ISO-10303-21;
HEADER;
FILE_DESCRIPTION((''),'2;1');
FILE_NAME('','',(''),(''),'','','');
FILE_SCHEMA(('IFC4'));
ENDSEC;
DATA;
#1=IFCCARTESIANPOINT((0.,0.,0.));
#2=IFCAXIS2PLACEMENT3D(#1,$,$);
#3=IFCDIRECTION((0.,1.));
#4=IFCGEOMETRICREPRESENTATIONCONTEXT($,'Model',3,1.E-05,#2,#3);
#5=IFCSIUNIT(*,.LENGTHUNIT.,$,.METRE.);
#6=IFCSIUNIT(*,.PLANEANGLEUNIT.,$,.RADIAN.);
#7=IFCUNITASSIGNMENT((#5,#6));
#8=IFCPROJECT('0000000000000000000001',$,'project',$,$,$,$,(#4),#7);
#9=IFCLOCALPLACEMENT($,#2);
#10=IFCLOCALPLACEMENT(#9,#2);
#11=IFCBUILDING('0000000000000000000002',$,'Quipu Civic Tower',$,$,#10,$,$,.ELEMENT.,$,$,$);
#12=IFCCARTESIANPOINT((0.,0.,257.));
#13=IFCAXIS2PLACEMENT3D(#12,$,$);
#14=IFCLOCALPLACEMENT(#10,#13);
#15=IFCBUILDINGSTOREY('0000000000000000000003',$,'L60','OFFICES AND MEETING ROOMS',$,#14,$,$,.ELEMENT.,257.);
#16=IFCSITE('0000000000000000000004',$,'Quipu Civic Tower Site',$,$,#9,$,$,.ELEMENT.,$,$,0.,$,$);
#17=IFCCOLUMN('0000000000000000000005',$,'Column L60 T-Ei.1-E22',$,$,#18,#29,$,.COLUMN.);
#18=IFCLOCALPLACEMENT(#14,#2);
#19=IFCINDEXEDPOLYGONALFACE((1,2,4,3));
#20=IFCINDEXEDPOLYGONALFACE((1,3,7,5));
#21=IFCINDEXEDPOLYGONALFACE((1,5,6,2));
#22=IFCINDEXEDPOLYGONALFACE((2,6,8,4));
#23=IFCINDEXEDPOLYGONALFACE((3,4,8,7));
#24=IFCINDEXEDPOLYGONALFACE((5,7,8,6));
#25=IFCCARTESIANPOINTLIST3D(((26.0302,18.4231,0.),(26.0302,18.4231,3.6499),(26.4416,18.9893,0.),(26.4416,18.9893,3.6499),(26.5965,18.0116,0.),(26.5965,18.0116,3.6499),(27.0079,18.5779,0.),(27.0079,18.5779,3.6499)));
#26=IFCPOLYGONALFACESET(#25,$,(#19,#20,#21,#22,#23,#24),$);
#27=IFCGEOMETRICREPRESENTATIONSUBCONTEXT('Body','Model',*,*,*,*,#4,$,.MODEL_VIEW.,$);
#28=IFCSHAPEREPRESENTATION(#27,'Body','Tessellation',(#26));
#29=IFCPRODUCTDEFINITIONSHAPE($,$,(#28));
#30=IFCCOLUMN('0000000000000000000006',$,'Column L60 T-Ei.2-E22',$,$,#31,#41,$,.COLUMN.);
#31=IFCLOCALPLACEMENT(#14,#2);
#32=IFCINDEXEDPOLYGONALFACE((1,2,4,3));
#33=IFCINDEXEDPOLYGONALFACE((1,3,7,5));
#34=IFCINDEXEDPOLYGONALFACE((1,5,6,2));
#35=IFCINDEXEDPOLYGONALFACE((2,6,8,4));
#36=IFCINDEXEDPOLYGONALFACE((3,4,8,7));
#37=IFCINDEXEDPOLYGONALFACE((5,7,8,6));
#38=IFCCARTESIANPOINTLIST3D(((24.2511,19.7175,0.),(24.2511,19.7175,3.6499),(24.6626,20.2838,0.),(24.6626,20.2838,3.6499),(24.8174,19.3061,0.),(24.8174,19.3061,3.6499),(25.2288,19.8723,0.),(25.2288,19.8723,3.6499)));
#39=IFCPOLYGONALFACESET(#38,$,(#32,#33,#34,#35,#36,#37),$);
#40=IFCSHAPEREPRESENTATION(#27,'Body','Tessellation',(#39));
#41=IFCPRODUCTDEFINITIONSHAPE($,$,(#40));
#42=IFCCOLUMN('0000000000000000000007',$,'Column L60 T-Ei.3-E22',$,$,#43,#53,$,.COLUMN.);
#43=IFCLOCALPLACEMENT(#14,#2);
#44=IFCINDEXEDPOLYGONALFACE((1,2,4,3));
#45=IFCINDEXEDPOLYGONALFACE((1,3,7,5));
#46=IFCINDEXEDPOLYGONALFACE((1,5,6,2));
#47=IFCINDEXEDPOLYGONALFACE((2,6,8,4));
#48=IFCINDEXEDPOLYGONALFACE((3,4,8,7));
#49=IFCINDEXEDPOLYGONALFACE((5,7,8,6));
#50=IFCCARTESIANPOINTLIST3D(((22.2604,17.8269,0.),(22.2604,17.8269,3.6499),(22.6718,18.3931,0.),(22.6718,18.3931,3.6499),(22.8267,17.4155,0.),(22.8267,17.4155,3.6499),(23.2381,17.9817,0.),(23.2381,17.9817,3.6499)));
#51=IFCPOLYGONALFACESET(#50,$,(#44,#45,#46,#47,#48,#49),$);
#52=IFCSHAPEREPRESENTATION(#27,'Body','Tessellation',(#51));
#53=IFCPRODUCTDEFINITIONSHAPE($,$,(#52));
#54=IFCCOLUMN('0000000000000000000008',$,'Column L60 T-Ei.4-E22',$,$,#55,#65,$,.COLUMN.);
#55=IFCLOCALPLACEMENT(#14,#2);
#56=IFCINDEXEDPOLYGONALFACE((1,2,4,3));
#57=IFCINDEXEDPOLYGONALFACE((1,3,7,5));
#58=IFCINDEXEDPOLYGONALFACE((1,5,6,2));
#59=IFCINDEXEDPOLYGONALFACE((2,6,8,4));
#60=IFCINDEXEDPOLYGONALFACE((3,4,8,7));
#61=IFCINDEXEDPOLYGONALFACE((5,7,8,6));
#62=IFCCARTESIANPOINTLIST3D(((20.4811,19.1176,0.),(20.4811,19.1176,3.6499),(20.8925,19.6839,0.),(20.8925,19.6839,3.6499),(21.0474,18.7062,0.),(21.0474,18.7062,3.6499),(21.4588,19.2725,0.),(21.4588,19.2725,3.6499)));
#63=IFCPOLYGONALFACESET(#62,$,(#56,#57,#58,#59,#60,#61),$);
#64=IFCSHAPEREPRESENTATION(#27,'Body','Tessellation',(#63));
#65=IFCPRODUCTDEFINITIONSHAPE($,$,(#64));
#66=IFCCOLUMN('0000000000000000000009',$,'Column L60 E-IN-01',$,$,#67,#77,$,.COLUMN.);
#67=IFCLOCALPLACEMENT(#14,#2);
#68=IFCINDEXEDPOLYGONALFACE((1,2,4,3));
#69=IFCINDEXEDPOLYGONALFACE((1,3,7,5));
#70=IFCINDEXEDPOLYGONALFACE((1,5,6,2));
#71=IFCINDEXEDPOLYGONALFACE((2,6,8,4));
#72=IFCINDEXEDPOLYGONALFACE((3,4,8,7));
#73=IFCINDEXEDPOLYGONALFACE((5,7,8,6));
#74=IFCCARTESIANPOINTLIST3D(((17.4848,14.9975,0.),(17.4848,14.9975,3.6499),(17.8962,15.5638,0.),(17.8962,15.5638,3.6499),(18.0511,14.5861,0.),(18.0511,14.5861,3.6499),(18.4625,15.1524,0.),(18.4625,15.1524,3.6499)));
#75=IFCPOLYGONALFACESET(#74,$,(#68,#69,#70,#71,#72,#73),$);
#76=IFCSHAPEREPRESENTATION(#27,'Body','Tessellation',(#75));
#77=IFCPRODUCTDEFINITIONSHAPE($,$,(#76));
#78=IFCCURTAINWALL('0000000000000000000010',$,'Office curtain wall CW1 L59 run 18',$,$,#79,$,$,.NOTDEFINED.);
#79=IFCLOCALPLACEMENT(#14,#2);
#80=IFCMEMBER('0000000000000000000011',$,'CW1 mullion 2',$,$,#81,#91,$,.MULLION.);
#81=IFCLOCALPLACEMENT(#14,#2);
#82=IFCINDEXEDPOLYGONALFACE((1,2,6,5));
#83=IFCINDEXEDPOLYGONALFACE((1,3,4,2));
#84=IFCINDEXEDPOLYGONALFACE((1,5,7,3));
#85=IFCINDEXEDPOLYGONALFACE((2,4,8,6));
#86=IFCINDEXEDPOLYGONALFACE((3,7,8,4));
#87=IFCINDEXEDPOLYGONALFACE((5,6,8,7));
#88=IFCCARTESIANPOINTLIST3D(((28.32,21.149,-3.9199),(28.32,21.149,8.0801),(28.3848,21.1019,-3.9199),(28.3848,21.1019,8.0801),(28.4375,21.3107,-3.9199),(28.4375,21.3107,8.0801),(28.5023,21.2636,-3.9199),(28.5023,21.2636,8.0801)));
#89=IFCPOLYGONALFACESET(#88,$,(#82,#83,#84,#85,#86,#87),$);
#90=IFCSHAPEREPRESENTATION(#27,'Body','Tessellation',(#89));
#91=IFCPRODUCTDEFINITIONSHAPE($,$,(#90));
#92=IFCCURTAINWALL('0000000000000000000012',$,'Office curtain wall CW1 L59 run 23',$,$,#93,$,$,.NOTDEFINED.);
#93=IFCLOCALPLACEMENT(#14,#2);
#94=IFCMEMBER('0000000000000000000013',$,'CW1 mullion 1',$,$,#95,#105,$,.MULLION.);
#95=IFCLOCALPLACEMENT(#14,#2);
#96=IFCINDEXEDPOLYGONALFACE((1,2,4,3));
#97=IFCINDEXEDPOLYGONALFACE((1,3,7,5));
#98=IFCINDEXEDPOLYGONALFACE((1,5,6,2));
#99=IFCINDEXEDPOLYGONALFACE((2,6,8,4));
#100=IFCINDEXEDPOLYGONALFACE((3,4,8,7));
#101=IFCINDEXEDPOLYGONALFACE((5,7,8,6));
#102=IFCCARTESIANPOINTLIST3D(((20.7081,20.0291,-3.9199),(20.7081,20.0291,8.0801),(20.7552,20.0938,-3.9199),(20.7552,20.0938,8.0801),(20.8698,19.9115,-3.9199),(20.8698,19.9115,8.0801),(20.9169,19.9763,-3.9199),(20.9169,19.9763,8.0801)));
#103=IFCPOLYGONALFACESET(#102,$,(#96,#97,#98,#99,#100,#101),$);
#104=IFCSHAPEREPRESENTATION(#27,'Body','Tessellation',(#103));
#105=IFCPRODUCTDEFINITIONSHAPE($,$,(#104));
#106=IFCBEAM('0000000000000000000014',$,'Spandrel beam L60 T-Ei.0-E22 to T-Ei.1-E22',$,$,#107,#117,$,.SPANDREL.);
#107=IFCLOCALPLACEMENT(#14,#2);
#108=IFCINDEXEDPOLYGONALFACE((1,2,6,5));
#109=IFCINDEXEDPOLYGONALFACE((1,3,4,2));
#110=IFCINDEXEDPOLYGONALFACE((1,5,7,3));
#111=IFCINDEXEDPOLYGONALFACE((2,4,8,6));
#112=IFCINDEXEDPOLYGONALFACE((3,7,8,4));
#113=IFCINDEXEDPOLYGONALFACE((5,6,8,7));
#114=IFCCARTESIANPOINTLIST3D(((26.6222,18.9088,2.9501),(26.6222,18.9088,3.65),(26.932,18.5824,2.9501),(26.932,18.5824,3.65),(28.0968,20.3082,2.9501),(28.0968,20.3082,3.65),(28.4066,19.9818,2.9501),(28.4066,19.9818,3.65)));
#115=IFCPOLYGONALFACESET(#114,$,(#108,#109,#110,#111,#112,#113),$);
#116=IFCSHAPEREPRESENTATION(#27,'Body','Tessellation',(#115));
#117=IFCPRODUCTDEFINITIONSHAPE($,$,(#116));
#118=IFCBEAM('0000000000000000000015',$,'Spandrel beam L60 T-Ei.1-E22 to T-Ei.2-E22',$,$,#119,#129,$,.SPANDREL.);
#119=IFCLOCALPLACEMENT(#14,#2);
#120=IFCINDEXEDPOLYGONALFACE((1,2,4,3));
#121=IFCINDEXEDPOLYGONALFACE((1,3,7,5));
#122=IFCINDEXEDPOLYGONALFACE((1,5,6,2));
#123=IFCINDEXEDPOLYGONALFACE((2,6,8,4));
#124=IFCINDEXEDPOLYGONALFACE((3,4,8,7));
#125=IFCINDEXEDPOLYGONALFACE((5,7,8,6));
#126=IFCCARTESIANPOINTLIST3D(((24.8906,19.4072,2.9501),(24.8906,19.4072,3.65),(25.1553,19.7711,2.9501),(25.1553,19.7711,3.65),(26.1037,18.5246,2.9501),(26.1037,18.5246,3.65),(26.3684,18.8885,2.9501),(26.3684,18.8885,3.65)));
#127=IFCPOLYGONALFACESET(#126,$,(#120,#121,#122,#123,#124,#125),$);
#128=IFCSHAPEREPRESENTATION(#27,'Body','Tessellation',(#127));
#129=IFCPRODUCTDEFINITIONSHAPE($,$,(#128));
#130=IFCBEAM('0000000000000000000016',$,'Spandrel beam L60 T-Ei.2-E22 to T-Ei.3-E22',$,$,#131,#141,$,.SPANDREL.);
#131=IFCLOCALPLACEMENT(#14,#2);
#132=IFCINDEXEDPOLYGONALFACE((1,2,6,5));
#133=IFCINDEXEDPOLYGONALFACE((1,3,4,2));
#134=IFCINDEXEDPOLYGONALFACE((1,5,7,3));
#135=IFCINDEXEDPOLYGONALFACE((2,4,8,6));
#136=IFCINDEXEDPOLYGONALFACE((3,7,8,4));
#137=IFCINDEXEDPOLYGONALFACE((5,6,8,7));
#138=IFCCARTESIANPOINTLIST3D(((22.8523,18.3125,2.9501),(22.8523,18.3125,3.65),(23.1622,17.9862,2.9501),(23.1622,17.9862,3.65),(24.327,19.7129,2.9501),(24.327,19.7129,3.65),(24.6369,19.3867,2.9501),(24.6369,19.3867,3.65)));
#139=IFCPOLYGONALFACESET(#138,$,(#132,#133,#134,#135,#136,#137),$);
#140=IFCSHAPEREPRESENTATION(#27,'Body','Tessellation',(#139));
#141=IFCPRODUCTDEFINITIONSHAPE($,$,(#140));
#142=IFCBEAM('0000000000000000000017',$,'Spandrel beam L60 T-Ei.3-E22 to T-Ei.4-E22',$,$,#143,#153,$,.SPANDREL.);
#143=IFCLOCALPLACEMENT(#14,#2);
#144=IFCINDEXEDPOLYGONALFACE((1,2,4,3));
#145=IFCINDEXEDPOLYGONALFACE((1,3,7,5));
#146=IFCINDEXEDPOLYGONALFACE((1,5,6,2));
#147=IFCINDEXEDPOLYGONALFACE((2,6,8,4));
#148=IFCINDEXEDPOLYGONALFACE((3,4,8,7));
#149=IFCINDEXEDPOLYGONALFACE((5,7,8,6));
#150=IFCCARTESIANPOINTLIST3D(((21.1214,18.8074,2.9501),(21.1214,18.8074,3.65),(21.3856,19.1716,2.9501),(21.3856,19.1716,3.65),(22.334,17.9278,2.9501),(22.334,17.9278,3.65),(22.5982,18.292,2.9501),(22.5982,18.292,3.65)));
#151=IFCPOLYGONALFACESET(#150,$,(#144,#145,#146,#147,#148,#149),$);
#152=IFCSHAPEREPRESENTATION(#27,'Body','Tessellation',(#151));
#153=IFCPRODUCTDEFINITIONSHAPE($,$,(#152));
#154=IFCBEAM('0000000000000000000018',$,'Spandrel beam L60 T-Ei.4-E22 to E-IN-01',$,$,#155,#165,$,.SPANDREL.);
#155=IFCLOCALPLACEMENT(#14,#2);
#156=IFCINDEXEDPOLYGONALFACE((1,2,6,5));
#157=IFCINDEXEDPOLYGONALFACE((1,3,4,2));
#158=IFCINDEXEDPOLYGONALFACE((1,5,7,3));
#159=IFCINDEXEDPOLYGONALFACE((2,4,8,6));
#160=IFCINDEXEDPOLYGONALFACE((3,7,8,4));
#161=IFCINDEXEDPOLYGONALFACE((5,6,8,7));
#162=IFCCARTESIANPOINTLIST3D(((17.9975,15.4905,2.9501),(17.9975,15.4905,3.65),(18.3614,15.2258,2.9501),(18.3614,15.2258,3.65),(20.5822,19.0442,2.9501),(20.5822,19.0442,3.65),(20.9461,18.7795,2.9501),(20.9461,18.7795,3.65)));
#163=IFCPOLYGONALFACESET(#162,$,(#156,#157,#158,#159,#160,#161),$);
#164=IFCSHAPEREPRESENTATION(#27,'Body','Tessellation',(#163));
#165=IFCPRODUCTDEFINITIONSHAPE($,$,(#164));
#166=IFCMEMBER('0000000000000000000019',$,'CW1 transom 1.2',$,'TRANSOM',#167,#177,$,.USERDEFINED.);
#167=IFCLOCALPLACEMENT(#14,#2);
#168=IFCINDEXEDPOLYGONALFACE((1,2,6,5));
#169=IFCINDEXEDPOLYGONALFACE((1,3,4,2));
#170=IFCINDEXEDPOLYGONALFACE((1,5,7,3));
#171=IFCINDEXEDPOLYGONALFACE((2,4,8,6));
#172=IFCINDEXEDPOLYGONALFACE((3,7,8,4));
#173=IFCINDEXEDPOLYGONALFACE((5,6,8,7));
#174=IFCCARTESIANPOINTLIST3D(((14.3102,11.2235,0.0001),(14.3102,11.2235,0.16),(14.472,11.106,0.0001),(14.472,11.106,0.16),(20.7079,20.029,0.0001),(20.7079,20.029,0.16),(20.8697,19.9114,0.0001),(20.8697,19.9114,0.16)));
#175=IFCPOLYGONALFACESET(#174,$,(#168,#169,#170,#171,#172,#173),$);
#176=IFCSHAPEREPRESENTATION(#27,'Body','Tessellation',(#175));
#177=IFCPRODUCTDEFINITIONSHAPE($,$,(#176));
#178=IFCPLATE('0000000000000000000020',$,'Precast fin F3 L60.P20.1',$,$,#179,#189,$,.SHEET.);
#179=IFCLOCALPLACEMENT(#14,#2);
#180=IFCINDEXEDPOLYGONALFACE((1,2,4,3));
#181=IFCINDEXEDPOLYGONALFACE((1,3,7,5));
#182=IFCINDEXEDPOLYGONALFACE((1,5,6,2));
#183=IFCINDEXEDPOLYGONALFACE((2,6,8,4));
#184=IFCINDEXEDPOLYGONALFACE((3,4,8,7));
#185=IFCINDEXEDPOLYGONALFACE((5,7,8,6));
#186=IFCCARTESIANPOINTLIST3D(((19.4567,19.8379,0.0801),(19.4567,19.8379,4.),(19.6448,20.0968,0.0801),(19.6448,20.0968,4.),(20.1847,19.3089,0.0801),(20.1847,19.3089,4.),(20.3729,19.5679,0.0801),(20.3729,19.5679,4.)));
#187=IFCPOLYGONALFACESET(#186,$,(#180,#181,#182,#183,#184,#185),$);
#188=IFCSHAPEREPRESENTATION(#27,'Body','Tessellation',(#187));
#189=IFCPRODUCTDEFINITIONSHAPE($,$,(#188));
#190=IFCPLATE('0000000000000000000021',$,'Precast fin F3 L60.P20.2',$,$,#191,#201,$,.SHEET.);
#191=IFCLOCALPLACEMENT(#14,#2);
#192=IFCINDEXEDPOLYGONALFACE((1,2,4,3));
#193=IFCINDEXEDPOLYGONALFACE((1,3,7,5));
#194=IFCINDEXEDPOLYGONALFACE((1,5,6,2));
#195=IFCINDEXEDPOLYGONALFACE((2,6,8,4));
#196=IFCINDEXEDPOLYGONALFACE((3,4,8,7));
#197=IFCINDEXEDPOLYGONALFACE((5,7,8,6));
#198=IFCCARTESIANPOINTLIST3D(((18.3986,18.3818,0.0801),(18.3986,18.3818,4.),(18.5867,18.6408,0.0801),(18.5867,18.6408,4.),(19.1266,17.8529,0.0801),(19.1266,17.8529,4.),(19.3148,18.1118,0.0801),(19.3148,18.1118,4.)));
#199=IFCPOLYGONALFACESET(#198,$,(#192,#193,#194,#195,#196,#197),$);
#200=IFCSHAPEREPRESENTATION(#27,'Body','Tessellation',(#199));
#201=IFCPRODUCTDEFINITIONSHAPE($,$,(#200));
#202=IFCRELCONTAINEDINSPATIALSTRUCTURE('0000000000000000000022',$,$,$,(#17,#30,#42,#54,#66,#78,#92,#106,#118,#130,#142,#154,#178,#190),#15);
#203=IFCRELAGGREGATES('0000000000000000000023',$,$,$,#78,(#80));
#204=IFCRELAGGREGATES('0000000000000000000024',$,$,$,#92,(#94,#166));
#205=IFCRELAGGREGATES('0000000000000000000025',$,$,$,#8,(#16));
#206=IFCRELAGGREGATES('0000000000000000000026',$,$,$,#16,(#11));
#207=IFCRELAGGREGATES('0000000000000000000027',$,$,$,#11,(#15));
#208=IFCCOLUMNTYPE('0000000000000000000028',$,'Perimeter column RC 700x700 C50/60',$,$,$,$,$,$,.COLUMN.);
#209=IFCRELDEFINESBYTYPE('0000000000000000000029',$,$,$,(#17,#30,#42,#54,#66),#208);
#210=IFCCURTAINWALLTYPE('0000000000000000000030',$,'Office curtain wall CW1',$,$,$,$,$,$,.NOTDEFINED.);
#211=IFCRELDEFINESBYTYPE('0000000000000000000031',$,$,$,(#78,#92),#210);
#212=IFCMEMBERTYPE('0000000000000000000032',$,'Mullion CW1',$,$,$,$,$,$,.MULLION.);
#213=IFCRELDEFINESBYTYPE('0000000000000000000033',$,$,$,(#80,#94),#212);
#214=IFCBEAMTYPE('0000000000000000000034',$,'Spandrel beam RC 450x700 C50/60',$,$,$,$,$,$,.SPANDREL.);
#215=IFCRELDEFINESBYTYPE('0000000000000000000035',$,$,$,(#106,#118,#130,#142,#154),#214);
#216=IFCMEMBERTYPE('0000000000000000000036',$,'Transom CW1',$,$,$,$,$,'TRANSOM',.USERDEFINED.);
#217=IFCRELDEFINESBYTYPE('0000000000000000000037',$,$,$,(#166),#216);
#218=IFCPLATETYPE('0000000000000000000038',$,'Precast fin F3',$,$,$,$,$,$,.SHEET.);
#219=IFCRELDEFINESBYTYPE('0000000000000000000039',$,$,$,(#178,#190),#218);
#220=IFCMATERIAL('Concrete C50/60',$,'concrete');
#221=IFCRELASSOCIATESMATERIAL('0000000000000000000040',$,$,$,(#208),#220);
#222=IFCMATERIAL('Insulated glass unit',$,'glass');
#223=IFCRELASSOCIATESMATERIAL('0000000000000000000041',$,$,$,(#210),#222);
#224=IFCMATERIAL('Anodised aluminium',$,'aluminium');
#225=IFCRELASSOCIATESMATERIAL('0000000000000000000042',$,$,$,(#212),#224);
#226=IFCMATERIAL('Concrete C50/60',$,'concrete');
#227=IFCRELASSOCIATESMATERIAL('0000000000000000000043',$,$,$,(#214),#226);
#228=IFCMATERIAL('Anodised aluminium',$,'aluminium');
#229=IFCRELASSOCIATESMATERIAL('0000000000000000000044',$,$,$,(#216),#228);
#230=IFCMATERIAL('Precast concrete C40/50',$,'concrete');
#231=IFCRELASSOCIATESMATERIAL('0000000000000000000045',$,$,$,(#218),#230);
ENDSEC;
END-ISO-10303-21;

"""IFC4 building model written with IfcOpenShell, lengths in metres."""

from ifc_helpers import new_model, si_unit, direction, frame, origin, origin_2d, place, context, subcontext, project, spatial, rectangle, extrude, material, material_profile, profile_set, type_object, element, aggregate, save


model = new_model("IFC4")

# Units and contexts
model_context = context("Model", 3, precision=1e-05, world=origin(), true_north=direction((0.0, 1.0)))
body_context = subcontext(model_context, "Body", "Model", "MODEL_VIEW")
ifc_project = project(units=[si_unit("LENGTHUNIT", "METRE"), si_unit("PLANEANGLEUNIT", "RADIAN")], contexts=[model_context])

# Site, building, storey
site_placement = place(None, origin())
site = spatial("IfcSite", under=ifc_project, at=site_placement, Name="Quipu Civic Tower Site", CompositionType="ELEMENT", RefElevation=0.0)
building_placement = place(site_placement, origin())
building = spatial("IfcBuilding", under=site, at=building_placement, Name="Quipu Civic Tower", CompositionType="ELEMENT")
storey_placement = place(building_placement, frame((0.0, 0.0, 257.0)))
storey = spatial("IfcBuildingStorey", under=building, at=storey_placement, Name="L60", Description="OFFICES AND MEETING ROOMS", CompositionType="ELEMENT", Elevation=257.0)

# Columns
ifc_material_1 = material(Name="Concrete C50/60", Category="concrete")
ifc_material_profile_1 = material_profile(ifc_material_1, rectangle(XDim=0.7, YDim=0.7, at=origin_2d()), Name="RC700x700")
ifc_profile_set_1 = profile_set([ifc_material_profile_1], Name="Concrete C50/60")
column_type = type_object("IfcColumnType", Name="Perimeter column RC 700x700 C50/60", PredefinedType="COLUMN", material=ifc_profile_set_1)
for number, where, z_axis, x_axis, name in (
    (1, (26.519, 18.5005, 0.0), (0.0, 0.0, 1.0), (-0.809017, 0.587785, 0.0), "Column L60 T-Ei.1-E22"),
    (2, (24.74, 19.7949, 0.0), (0.0, 0.0, 1.0), (-0.587785, -0.809017, 0.0), "Column L60 T-Ei.2-E22"),
    (3, (22.7493, 17.9043, 0.0), (0.0, 0.0, 1.0), (-0.587785, -0.809017, 0.0), "Column L60 T-Ei.3-E22"),
    (4, (20.97, 19.1951, 0.0), (0.0, 0.0, 1.0), (-0.587785, -0.809017, 0.0), "Column L60 T-Ei.4-E22"),
    (5, (17.9736, 15.075, 0.0), (0.0, 0.0, 1.0), (-0.587785, -0.809017, 0.0), "Column L60 E-IN-01"),
):
    element("IfcColumn", number, at=place(storey_placement, frame(where, z_axis=z_axis, x_axis=x_axis)), inside=storey, type_object=column_type, Name=name, PredefinedType="COLUMN", context=body_context, shape_type="SweptSolid", body=[
        extrude(rectangle(XDim=0.7, YDim=0.7, at=origin_2d()), origin(), (0.0, 0.0, 1.0), 3.6499),
    ])

# Curtain walls, members
ifc_material_2 = material(Name="Insulated glass unit", Category="glass")
curtain_wall_type = type_object("IfcCurtainWallType", Name="Office curtain wall CW1", PredefinedType="NOTDEFINED", material=ifc_material_2)
curtain_wall_1_placement = place(storey_placement, origin())
curtain_wall_1 = element("IfcCurtainWall", 6, at=curtain_wall_1_placement, inside=storey, type_object=curtain_wall_type, Name="Office curtain wall CW1 L59 run 18", PredefinedType="NOTDEFINED")
ifc_material_3 = material(Name="Anodised aluminium", Category="aluminium")
ifc_material_profile_2 = material_profile(ifc_material_3, rectangle(XDim=0.2, YDim=0.0801, at=origin_2d()), Name="RECT 200x80")
ifc_profile_set_2 = profile_set([ifc_material_profile_2], Name="Anodised aluminium")
member_type_1 = type_object("IfcMemberType", Name="Mullion CW1", PredefinedType="MULLION", material=ifc_profile_set_2)
member_1_placement = place(storey_placement, frame((28.4111, 21.2063, -3.9199), z_axis=(0.0, 0.0, 1.0), x_axis=(-0.587788, -0.809015, 0.0)))
member_1 = element("IfcMember", 7, at=member_1_placement, type_object=member_type_1, Name="CW1 mullion 2", PredefinedType="MULLION", context=body_context, shape_type="SweptSolid", body=[
    extrude(rectangle(XDim=0.2, YDim=0.0801, at=origin_2d()), origin(), (0.0, 0.0, 1.0), 12.0),
])
aggregate(curtain_wall_1, [member_1])
curtain_wall_2_placement = place(storey_placement, origin())
curtain_wall_2 = element("IfcCurtainWall", 8, at=curtain_wall_2_placement, inside=storey, type_object=curtain_wall_type, Name="Office curtain wall CW1 L59 run 23", PredefinedType="NOTDEFINED")
member_2_placement = place(storey_placement, frame((20.8125, 20.0027, -3.9199), z_axis=(0.0, 0.0, 1.0), x_axis=(0.809015, -0.587788, 0.0)))
member_2 = element("IfcMember", 9, at=member_2_placement, type_object=member_type_1, Name="CW1 mullion 1", PredefinedType="MULLION", context=body_context, shape_type="SweptSolid", body=[
    extrude(rectangle(XDim=0.2, YDim=0.0801, at=origin_2d()), origin(), (0.0, 0.0, 1.0), 12.0),
])

# Beams
ifc_material_4 = material(Name="Concrete C50/60", Category="concrete")
ifc_material_profile_3 = material_profile(ifc_material_4, rectangle(XDim=0.45, YDim=0.7, at=origin_2d()), Name="RC450x700")
ifc_profile_set_3 = profile_set([ifc_material_profile_3], Name="Concrete C50/60")
beam_type = type_object("IfcBeamType", Name="Spandrel beam RC 450x700 C50/60", PredefinedType="SPANDREL", material=ifc_profile_set_3)
beam_1_placement = place(storey_placement, frame((28.2517, 20.145, 3.3), z_axis=(-0.725359, -0.688371, 0.0), x_axis=(0.688371, -0.725359, 0.0)))
element("IfcBeam", 10, at=beam_1_placement, inside=storey, type_object=beam_type, Name="Spandrel beam L60 T-Ei.0-E22 to T-Ei.1-E22", PredefinedType="SPANDREL", context=body_context, shape_type="SweptSolid", body=[
    extrude(rectangle(XDim=0.45, YDim=0.7, at=origin_2d()), origin(), (0.0, 0.0, 1.0), 2.033),
])
beam_2_placement = place(storey_placement, frame((26.2361, 18.7065, 3.3), z_axis=(-0.808645, 0.588297, 0.0), x_axis=(-0.588297, -0.808645, 0.0)))
element("IfcBeam", 11, at=beam_2_placement, inside=storey, type_object=beam_type, Name="Spandrel beam L60 T-Ei.1-E22 to T-Ei.2-E22", PredefinedType="SPANDREL", context=body_context, shape_type="SweptSolid", body=[
    extrude(rectangle(XDim=0.45, YDim=0.7, at=origin_2d()), origin(), (0.0, 0.0, 1.0), 1.5002),
])
beam_3_placement = place(storey_placement, frame((24.4819, 19.5498, 3.3), z_axis=(-0.725119, -0.688623, 0.0), x_axis=(0.688623, -0.725119, 0.0)))
element("IfcBeam", 12, at=beam_3_placement, inside=storey, type_object=beam_type, Name="Spandrel beam L60 T-Ei.2-E22 to T-Ei.3-E22", PredefinedType="SPANDREL", context=body_context, shape_type="SweptSolid", body=[
    extrude(rectangle(XDim=0.45, YDim=0.7, at=origin_2d()), origin(), (0.0, 0.0, 1.0), 2.0337),
])
beam_4_placement = place(storey_placement, frame((22.4661, 18.1099, 3.3), z_axis=(-0.809461, 0.587173, 0.0), x_axis=(-0.587173, -0.809461, 0.0)))
element("IfcBeam", 13, at=beam_4_placement, inside=storey, type_object=beam_type, Name="Spandrel beam L60 T-Ei.3-E22 to T-Ei.4-E22", PredefinedType="SPANDREL", context=body_context, shape_type="SweptSolid", body=[
    extrude(rectangle(XDim=0.45, YDim=0.7, at=origin_2d()), origin(), (0.0, 0.0, 1.0), 1.498),
])
beam_5_placement = place(storey_placement, frame((20.7642, 18.9119, 3.3), z_axis=(-0.588201, -0.808714, 0.0), x_axis=(0.808714, -0.588201, 0.0)))
element("IfcBeam", 14, at=beam_5_placement, inside=storey, type_object=beam_type, Name="Spandrel beam L60 T-Ei.4-E22 to E-IN-01", PredefinedType="SPANDREL", context=body_context, shape_type="SweptSolid", body=[
    extrude(rectangle(XDim=0.45, YDim=0.7, at=origin_2d()), origin(), (0.0, 0.0, 1.0), 4.3943),
])

# Member
ifc_material_5 = material(Name="Anodised aluminium", Category="aluminium")
ifc_material_profile_4 = material_profile(ifc_material_5, rectangle(XDim=0.2, YDim=0.1599, at=origin_2d()), Name="RECT 200x160")
ifc_profile_set_4 = profile_set([ifc_material_profile_4], Name="Anodised aluminium")
member_type_2 = type_object("IfcMemberType", Name="Transom CW1", ElementType="TRANSOM", PredefinedType="USERDEFINED", material=ifc_profile_set_4)
member_3_placement = place(storey_placement, frame((20.7888, 19.9702, 0.0801), z_axis=(-0.587797, -0.809009, 0.0), x_axis=(0.809009, -0.587797, 0.0)))
member_3 = element("IfcMember", 15, at=member_3_placement, type_object=member_type_2, Name="CW1 transom 1.2", ObjectType="TRANSOM", PredefinedType="USERDEFINED", context=body_context, shape_type="SweptSolid", body=[
    extrude(rectangle(XDim=0.2, YDim=0.1599, at=origin_2d()), origin(), (0.0, 0.0, 1.0), 10.8843),
])
aggregate(curtain_wall_2, [member_2, member_3])

# Plates
ifc_material_6 = material(Name="Precast concrete C40/50", Category="concrete")
plate_type = type_object("IfcPlateType", Name="Precast fin F3", PredefinedType="SHEET", material=ifc_material_6)
for number, where, z_axis, x_axis, name in (
    (16, (19.9148, 19.7029, 0.0801), (0.0, 0.0, 1.0), (-0.587784, -0.809018, 0.0), "Precast fin F3 L60.P20.1"),
    (17, (18.8567, 18.2468, 0.0801), (0.0, 0.0, 1.0), (-0.587784, -0.809018, 0.0), "Precast fin F3 L60.P20.2"),
):
    element("IfcPlate", number, at=place(storey_placement, frame(where, z_axis=z_axis, x_axis=x_axis)), inside=storey, type_object=plate_type, Name=name, PredefinedType="SHEET", context=body_context, shape_type="SweptSolid", body=[
        extrude(rectangle(XDim=0.3201, YDim=0.8999, at=origin_2d()), origin(), (0.0, 0.0, 1.0), 3.9199),
    ])

save(model, "model.ifc")
